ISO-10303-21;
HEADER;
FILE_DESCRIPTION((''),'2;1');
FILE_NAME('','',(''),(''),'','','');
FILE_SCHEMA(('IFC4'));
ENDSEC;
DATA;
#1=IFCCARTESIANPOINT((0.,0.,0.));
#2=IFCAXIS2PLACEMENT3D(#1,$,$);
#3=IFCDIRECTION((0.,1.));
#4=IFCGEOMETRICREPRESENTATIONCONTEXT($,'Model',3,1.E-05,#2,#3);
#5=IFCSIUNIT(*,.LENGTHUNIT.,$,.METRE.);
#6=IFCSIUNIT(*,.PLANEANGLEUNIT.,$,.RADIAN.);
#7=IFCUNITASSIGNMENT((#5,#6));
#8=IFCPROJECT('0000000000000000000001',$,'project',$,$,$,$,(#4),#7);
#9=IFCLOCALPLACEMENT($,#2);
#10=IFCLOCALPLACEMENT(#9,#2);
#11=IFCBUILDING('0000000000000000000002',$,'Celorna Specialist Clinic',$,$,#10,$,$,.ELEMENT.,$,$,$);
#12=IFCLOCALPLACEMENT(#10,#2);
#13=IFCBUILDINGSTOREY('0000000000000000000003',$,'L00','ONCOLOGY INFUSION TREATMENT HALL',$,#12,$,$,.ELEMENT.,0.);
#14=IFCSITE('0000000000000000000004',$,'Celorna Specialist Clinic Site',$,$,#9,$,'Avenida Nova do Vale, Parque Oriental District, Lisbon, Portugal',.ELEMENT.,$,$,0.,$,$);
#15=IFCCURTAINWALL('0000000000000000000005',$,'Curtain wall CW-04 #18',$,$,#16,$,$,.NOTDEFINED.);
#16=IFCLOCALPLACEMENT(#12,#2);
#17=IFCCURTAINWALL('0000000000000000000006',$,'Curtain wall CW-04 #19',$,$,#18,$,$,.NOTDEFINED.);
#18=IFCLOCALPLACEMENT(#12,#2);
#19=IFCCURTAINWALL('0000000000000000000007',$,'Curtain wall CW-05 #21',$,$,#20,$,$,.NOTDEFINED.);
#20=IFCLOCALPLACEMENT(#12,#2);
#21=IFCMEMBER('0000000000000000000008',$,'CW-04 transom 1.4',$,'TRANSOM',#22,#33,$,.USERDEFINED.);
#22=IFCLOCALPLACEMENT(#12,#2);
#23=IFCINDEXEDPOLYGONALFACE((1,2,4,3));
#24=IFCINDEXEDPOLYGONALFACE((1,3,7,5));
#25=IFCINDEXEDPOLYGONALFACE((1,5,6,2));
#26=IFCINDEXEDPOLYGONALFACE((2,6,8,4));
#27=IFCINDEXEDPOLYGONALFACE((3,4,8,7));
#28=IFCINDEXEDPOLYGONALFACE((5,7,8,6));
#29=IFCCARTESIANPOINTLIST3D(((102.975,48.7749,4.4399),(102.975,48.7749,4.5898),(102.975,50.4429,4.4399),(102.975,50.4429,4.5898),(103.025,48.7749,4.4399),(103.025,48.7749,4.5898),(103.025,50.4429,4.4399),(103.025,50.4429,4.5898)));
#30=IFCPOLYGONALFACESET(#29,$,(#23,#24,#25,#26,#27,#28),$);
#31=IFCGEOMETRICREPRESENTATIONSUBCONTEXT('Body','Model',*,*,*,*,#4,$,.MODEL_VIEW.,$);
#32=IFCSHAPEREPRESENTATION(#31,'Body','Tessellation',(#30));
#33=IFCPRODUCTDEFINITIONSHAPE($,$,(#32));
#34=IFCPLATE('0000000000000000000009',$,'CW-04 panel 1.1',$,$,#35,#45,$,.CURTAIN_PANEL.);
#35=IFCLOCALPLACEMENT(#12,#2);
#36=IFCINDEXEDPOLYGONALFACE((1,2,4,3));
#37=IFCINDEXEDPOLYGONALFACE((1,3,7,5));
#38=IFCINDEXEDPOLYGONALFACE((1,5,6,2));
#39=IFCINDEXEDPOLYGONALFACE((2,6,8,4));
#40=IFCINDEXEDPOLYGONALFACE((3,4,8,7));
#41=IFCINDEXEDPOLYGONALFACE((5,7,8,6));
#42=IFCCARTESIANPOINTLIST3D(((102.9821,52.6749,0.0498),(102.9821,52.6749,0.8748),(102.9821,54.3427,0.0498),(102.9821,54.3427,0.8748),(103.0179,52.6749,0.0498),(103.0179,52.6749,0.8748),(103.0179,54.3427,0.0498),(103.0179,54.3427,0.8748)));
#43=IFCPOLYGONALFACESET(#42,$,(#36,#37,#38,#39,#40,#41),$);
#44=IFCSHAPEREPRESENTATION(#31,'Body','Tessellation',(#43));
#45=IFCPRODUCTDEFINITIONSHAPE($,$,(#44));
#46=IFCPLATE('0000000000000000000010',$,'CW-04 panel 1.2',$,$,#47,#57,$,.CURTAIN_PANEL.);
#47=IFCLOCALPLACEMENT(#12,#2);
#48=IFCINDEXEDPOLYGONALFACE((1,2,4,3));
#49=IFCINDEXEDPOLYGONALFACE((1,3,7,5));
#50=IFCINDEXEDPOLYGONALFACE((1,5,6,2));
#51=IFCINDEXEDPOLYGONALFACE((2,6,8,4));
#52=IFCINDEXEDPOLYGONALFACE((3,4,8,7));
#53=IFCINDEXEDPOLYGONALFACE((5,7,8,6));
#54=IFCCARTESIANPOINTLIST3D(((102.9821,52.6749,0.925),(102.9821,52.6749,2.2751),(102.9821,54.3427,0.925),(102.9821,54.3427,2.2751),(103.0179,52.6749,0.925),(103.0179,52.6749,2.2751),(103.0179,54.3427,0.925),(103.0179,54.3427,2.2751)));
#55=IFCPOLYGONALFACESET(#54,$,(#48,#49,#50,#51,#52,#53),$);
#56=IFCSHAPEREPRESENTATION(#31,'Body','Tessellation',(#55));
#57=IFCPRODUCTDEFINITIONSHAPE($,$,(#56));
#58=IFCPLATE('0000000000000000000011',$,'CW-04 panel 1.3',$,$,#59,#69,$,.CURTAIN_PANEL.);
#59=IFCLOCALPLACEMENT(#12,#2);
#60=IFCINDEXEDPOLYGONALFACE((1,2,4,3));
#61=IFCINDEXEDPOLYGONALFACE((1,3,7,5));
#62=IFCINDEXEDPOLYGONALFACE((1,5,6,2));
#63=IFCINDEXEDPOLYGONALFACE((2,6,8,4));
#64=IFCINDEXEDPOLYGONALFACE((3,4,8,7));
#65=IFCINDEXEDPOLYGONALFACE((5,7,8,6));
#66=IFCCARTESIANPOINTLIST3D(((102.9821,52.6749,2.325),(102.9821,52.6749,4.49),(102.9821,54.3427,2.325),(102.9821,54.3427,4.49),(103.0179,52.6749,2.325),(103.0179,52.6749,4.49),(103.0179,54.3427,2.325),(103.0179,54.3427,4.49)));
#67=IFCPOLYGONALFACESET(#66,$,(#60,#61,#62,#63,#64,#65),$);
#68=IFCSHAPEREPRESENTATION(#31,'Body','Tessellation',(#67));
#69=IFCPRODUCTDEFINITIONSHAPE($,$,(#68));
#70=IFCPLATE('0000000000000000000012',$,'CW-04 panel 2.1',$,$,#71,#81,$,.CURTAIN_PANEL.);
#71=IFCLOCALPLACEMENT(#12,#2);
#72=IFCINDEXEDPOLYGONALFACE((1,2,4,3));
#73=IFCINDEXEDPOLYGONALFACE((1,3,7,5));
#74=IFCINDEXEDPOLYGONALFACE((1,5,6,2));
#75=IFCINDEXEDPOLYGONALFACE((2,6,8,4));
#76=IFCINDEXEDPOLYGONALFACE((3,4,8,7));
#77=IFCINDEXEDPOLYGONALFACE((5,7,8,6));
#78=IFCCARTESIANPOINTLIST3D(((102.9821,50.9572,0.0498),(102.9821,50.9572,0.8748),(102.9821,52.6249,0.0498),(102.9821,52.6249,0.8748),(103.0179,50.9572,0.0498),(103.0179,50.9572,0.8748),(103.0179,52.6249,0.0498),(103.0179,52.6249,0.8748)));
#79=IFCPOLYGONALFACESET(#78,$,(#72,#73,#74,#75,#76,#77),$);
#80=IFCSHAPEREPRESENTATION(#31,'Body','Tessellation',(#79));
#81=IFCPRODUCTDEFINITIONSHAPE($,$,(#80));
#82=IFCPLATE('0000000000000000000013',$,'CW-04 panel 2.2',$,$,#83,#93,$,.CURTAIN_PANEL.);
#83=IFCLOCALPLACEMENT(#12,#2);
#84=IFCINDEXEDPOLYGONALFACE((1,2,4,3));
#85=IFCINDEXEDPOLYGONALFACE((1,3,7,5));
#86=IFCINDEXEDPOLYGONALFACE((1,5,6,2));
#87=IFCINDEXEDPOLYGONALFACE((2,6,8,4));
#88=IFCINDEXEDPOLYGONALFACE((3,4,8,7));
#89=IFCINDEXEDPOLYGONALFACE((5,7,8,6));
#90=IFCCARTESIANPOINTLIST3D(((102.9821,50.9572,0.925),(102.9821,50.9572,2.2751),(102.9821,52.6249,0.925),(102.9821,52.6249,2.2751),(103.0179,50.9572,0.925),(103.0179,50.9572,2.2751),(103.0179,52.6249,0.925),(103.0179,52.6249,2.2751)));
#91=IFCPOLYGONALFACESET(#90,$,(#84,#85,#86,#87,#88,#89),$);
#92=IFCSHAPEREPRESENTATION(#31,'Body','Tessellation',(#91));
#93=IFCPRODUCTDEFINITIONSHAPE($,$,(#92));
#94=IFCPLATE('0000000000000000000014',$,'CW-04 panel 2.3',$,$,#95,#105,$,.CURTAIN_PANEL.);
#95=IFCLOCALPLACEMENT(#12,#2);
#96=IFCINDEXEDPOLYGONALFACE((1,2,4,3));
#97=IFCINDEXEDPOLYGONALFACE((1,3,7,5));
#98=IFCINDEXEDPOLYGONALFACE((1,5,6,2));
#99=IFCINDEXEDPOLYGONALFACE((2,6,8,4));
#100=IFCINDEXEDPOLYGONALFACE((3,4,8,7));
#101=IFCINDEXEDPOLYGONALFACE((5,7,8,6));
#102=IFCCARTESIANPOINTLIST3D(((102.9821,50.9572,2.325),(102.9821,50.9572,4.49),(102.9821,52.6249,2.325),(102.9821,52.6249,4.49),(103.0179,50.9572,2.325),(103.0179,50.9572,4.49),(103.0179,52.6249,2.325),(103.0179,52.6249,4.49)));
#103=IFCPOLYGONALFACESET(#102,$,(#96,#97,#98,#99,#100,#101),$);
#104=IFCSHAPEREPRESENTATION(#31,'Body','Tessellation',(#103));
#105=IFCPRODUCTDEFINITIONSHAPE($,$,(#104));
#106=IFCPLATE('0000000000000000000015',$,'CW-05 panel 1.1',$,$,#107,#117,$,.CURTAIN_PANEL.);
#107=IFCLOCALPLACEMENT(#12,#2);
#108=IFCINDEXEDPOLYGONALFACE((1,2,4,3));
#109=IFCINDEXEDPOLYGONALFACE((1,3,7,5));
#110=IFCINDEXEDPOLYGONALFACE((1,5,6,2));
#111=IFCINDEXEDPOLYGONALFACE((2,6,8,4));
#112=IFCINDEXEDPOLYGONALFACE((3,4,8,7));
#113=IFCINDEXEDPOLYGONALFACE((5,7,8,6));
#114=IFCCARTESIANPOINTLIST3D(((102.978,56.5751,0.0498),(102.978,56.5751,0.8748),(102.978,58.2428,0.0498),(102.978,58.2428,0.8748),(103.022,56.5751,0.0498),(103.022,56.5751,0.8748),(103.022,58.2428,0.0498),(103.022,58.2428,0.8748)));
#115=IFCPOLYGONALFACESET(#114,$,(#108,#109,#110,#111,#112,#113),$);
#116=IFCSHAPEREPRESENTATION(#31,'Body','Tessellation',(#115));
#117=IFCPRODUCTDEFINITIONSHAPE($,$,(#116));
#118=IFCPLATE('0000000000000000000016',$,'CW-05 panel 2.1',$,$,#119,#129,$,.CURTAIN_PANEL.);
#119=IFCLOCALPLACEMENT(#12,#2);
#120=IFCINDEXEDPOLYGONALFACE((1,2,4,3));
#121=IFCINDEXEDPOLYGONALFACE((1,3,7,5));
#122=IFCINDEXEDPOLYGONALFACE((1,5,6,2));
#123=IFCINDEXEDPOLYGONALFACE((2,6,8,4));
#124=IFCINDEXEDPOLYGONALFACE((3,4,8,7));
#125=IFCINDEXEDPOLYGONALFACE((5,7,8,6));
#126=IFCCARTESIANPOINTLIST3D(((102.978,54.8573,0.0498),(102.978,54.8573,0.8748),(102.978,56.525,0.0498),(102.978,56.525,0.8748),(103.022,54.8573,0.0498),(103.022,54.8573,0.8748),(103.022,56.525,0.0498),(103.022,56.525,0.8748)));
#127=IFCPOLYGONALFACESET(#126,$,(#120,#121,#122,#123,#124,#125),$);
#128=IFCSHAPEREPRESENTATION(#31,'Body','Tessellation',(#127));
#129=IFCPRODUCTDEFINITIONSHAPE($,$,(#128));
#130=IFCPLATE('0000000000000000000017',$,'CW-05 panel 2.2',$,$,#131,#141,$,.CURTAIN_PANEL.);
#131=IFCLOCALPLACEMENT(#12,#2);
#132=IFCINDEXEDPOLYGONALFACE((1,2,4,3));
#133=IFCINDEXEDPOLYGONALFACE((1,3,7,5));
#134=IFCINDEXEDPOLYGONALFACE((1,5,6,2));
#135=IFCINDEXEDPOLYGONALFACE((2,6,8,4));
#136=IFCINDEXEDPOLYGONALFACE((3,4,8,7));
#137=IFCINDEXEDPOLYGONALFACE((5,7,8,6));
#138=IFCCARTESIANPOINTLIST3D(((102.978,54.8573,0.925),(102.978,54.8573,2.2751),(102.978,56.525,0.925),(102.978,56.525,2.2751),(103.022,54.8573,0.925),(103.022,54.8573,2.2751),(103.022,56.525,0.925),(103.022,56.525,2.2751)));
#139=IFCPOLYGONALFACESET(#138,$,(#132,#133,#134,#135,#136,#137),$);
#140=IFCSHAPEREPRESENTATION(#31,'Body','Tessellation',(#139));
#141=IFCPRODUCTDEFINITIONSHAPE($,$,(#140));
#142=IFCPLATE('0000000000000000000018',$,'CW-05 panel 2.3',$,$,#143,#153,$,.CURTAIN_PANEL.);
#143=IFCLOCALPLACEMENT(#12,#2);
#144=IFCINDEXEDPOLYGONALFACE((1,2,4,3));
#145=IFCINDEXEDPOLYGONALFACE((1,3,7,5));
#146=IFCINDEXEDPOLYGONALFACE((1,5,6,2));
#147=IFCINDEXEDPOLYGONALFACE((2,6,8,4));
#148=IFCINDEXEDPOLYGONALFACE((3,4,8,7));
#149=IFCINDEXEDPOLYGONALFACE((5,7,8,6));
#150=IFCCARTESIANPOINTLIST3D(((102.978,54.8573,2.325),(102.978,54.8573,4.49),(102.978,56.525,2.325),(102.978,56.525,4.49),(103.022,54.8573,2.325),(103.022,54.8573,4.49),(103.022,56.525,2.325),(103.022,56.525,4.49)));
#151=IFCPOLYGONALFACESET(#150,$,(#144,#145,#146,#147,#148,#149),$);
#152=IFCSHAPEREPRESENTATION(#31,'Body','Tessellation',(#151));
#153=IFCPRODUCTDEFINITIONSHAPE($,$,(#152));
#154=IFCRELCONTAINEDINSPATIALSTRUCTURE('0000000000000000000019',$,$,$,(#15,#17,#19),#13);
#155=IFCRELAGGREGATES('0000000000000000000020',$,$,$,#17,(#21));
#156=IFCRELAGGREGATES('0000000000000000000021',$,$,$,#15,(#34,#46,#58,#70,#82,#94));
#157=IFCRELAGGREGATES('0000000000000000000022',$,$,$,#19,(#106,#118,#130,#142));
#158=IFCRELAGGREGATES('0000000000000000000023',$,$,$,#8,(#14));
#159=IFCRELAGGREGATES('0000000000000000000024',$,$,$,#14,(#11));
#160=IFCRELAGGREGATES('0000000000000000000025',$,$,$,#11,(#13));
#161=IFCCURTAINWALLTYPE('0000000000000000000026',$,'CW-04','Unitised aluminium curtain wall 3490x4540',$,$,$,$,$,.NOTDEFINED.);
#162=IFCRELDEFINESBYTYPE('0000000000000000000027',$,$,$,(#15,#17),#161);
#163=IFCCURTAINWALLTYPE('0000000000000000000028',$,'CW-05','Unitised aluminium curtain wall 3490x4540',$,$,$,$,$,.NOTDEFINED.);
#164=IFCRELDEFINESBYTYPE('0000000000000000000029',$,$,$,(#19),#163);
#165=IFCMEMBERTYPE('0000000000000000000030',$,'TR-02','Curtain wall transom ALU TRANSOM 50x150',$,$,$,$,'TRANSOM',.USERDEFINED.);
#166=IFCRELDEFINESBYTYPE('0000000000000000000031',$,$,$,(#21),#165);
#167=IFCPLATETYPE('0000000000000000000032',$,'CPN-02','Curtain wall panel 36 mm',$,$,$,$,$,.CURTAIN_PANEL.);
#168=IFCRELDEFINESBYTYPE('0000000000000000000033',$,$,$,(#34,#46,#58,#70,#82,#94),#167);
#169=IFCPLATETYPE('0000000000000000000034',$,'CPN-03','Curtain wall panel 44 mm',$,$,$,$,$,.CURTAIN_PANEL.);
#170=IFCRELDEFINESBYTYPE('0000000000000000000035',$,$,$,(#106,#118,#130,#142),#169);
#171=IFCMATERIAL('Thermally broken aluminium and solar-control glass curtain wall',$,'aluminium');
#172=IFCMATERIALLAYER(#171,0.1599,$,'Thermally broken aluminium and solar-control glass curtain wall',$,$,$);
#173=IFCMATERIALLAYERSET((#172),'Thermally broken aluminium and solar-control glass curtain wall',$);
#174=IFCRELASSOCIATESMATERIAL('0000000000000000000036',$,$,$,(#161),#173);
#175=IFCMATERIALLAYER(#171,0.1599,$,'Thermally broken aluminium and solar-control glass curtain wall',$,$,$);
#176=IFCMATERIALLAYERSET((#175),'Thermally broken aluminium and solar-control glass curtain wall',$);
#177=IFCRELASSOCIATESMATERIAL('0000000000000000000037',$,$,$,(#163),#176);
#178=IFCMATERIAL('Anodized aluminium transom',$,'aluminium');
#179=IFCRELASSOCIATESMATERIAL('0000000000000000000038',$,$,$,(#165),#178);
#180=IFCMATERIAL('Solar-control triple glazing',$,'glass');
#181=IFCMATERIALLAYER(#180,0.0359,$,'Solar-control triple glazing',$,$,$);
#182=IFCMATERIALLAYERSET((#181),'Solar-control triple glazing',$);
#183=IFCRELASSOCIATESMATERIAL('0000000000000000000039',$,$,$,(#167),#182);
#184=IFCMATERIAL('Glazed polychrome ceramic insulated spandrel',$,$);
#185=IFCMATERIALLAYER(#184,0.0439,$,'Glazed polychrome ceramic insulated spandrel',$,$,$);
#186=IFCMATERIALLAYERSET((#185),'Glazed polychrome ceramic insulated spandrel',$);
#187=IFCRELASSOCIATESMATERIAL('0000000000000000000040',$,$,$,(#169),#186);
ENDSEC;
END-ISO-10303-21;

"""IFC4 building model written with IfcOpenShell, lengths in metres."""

from ifc_helpers import new_model, si_unit, direction, frame, origin, origin_2d, place, context, subcontext, project, spatial, rectangle, extrude, material, layer, layer_set, material_profile, profile_set, type_object, element, aggregate, save


model = new_model("IFC4")

# Units and contexts
model_context = context("Model", 3, precision=1e-05, world=origin(), true_north=direction((0.0, 1.0)))
body_context = subcontext(model_context, "Body", "Model", "MODEL_VIEW")
ifc_project = project(units=[si_unit("LENGTHUNIT", "METRE"), si_unit("PLANEANGLEUNIT", "RADIAN")], contexts=[model_context])

# Site, building, storey
site_placement = place(None, origin())
site = spatial("IfcSite", under=ifc_project, at=site_placement, Name="Celorna Specialist Clinic Site", LongName="Avenida Nova do Vale, Parque Oriental District, Lisbon, Portugal", CompositionType="ELEMENT", RefElevation=0.0)
building_placement = place(site_placement, origin())
building = spatial("IfcBuilding", under=site, at=building_placement, Name="Celorna Specialist Clinic", CompositionType="ELEMENT")
storey_placement = place(building_placement, origin())
storey = spatial("IfcBuildingStorey", under=building, at=storey_placement, Name="L00", Description="ONCOLOGY INFUSION TREATMENT HALL", CompositionType="ELEMENT", Elevation=0.0)

# Curtain wall
ifc_material_1 = material(Name="Thermally broken aluminium and solar-control glass curtain wall", Category="aluminium")
ifc_layer_1 = layer(ifc_material_1, 0.1599, Name="Thermally broken aluminium and solar-control glass curtain wall")
ifc_layer_set_1 = layer_set([ifc_layer_1], Name="Thermally broken aluminium and solar-control glass curtain wall")
curtain_wall_type_1 = type_object("IfcCurtainWallType", Name="CW-04", Description="Unitised aluminium curtain wall 3490x4540", PredefinedType="NOTDEFINED", material=ifc_layer_set_1)
curtain_wall_1_placement = place(storey_placement, origin())
curtain_wall_1 = element("IfcCurtainWall", 1, at=curtain_wall_1_placement, inside=storey, type_object=curtain_wall_type_1, Name="Curtain wall CW-04 #18", PredefinedType="NOTDEFINED")

# Curtain wall
curtain_wall_2_placement = place(storey_placement, origin())
curtain_wall_2 = element("IfcCurtainWall", 2, at=curtain_wall_2_placement, inside=storey, type_object=curtain_wall_type_1, Name="Curtain wall CW-04 #19", PredefinedType="NOTDEFINED")

# Curtain wall
ifc_layer_2 = layer(ifc_material_1, 0.1599, Name="Thermally broken aluminium and solar-control glass curtain wall")
ifc_layer_set_2 = layer_set([ifc_layer_2], Name="Thermally broken aluminium and solar-control glass curtain wall")
curtain_wall_type_2 = type_object("IfcCurtainWallType", Name="CW-05", Description="Unitised aluminium curtain wall 3490x4540", PredefinedType="NOTDEFINED", material=ifc_layer_set_2)
curtain_wall_3_placement = place(storey_placement, origin())
curtain_wall_3 = element("IfcCurtainWall", 3, at=curtain_wall_3_placement, inside=storey, type_object=curtain_wall_type_2, Name="Curtain wall CW-05 #21", PredefinedType="NOTDEFINED")
ifc_material_2 = material(Name="Anodized aluminium transom", Category="aluminium")

# Member
ifc_material_profile_1 = material_profile(ifc_material_2, rectangle(XDim=0.05, YDim=0.1499, at=origin_2d()), Name="ALU TRANSOM 50x150")
ifc_profile_set_1 = profile_set([ifc_material_profile_1], Name="Anodized aluminium transom")
member_type_1 = type_object("IfcMemberType", Name="TR-02", Description="Curtain wall transom ALU TRANSOM 50x150", ElementType="TRANSOM", PredefinedType="USERDEFINED", material=ifc_profile_set_1)
member_1_placement = place(storey_placement, frame((103.0, 50.4429, 4.5149), z_axis=(0.0, -1.0, 0.0), x_axis=(1.0, 0.0, 0.0)))
member_1 = element("IfcMember", 4, at=member_1_placement, type_object=member_type_1, Name="CW-04 transom 1.4", ObjectType="TRANSOM", PredefinedType="USERDEFINED", context=body_context, shape_type="SweptSolid", body=[
    extrude(rectangle(XDim=0.05, YDim=0.1499, at=origin_2d()), origin(), (0.0, 0.0, 1.0), 1.668),
])
aggregate(curtain_wall_2, [member_1])

# Plates
ifc_material_3 = material(Name="Solar-control triple glazing", Category="glass")
ifc_layer_3 = layer(ifc_material_3, 0.0359, Name="Solar-control triple glazing")
ifc_layer_set_3 = layer_set([ifc_layer_3], Name="Solar-control triple glazing")
plate_type_1 = type_object("IfcPlateType", Name="CPN-02", Description="Curtain wall panel 36 mm", PredefinedType="CURTAIN_PANEL", material=ifc_layer_set_3)
plate_1_placement = place(storey_placement, frame((103.0, 53.5088, 0.0498), z_axis=(0.0, 0.0, 1.0), x_axis=(0.0, -1.0, 0.0)))
plate_1 = element("IfcPlate", 5, at=plate_1_placement, type_object=plate_type_1, Name="CW-04 panel 1.1", PredefinedType="CURTAIN_PANEL", context=body_context, shape_type="SweptSolid", body=[
    extrude(rectangle(XDim=1.6677, YDim=0.0359, at=origin_2d()), origin(), (0.0, 0.0, 1.0), 0.825),
])
plate_2_placement = place(storey_placement, frame((103.0, 53.5088, 0.925), z_axis=(0.0, 0.0, 1.0), x_axis=(0.0, -1.0, 0.0)))
plate_2 = element("IfcPlate", 6, at=plate_2_placement, type_object=plate_type_1, Name="CW-04 panel 1.2", PredefinedType="CURTAIN_PANEL", context=body_context, shape_type="SweptSolid", body=[
    extrude(rectangle(XDim=1.6677, YDim=0.0359, at=origin_2d()), origin(), (0.0, 0.0, 1.0), 1.3501),
])
plate_3_placement = place(storey_placement, frame((103.0, 53.5088, 2.325), z_axis=(0.0, 0.0, 1.0), x_axis=(0.0, -1.0, 0.0)))
plate_3 = element("IfcPlate", 7, at=plate_3_placement, type_object=plate_type_1, Name="CW-04 panel 1.3", PredefinedType="CURTAIN_PANEL", context=body_context, shape_type="SweptSolid", body=[
    extrude(rectangle(XDim=1.6677, YDim=0.0359, at=origin_2d()), origin(), (0.0, 0.0, 1.0), 2.165),
])
plate_4_placement = place(storey_placement, frame((103.0, 51.791, 0.0498), z_axis=(0.0, 0.0, 1.0), x_axis=(0.0, -1.0, 0.0)))
plate_4 = element("IfcPlate", 8, at=plate_4_placement, type_object=plate_type_1, Name="CW-04 panel 2.1", PredefinedType="CURTAIN_PANEL", context=body_context, shape_type="SweptSolid", body=[
    extrude(rectangle(XDim=1.6677, YDim=0.0359, at=origin_2d()), origin(), (0.0, 0.0, 1.0), 0.825),
])
plate_5_placement = place(storey_placement, frame((103.0, 51.791, 0.925), z_axis=(0.0, 0.0, 1.0), x_axis=(0.0, -1.0, 0.0)))
plate_5 = element("IfcPlate", 9, at=plate_5_placement, type_object=plate_type_1, Name="CW-04 panel 2.2", PredefinedType="CURTAIN_PANEL", context=body_context, shape_type="SweptSolid", body=[
    extrude(rectangle(XDim=1.6677, YDim=0.0359, at=origin_2d()), origin(), (0.0, 0.0, 1.0), 1.3501),
])
plate_6_placement = place(storey_placement, frame((103.0, 51.791, 2.325), z_axis=(0.0, 0.0, 1.0), x_axis=(0.0, -1.0, 0.0)))
plate_6 = element("IfcPlate", 10, at=plate_6_placement, type_object=plate_type_1, Name="CW-04 panel 2.3", PredefinedType="CURTAIN_PANEL", context=body_context, shape_type="SweptSolid", body=[
    extrude(rectangle(XDim=1.6677, YDim=0.0359, at=origin_2d()), origin(), (0.0, 0.0, 1.0), 2.165),
])
aggregate(curtain_wall_1, [plate_1, plate_2, plate_3, plate_4, plate_5, plate_6])
ifc_material_4 = material(Name="Glazed polychrome ceramic insulated spandrel")
ifc_layer_4 = layer(ifc_material_4, 0.0439, Name="Glazed polychrome ceramic insulated spandrel")
ifc_layer_set_4 = layer_set([ifc_layer_4], Name="Glazed polychrome ceramic insulated spandrel")
plate_type_2 = type_object("IfcPlateType", Name="CPN-03", Description="Curtain wall panel 44 mm", PredefinedType="CURTAIN_PANEL", material=ifc_layer_set_4)
plate_7_placement = place(storey_placement, frame((103.0, 57.4089, 0.0498), z_axis=(0.0, 0.0, 1.0), x_axis=(0.0, -1.0, 0.0)))
plate_7 = element("IfcPlate", 11, at=plate_7_placement, type_object=plate_type_2, Name="CW-05 panel 1.1", PredefinedType="CURTAIN_PANEL", context=body_context, shape_type="SweptSolid", body=[
    extrude(rectangle(XDim=1.6677, YDim=0.0439, at=origin_2d()), origin(), (0.0, 0.0, 1.0), 0.825),
])
plate_8_placement = place(storey_placement, frame((103.0, 55.6912, 0.0498), z_axis=(0.0, 0.0, 1.0), x_axis=(0.0, -1.0, 0.0)))
plate_8 = element("IfcPlate", 12, at=plate_8_placement, type_object=plate_type_2, Name="CW-05 panel 2.1", PredefinedType="CURTAIN_PANEL", context=body_context, shape_type="SweptSolid", body=[
    extrude(rectangle(XDim=1.6677, YDim=0.0439, at=origin_2d()), origin(), (0.0, 0.0, 1.0), 0.825),
])
plate_9_placement = place(storey_placement, frame((103.0, 55.6912, 0.925), z_axis=(0.0, 0.0, 1.0), x_axis=(0.0, -1.0, 0.0)))
plate_9 = element("IfcPlate", 13, at=plate_9_placement, type_object=plate_type_2, Name="CW-05 panel 2.2", PredefinedType="CURTAIN_PANEL", context=body_context, shape_type="SweptSolid", body=[
    extrude(rectangle(XDim=1.6677, YDim=0.0439, at=origin_2d()), origin(), (0.0, 0.0, 1.0), 1.3501),
])
plate_10_placement = place(storey_placement, frame((103.0, 55.6912, 2.325), z_axis=(0.0, 0.0, 1.0), x_axis=(0.0, -1.0, 0.0)))
plate_10 = element("IfcPlate", 14, at=plate_10_placement, type_object=plate_type_2, Name="CW-05 panel 2.3", PredefinedType="CURTAIN_PANEL", context=body_context, shape_type="SweptSolid", body=[
    extrude(rectangle(XDim=1.6677, YDim=0.0439, at=origin_2d()), origin(), (0.0, 0.0, 1.0), 2.165),
])
aggregate(curtain_wall_3, [plate_7, plate_8, plate_9, plate_10])

save(model, "model.ifc")
